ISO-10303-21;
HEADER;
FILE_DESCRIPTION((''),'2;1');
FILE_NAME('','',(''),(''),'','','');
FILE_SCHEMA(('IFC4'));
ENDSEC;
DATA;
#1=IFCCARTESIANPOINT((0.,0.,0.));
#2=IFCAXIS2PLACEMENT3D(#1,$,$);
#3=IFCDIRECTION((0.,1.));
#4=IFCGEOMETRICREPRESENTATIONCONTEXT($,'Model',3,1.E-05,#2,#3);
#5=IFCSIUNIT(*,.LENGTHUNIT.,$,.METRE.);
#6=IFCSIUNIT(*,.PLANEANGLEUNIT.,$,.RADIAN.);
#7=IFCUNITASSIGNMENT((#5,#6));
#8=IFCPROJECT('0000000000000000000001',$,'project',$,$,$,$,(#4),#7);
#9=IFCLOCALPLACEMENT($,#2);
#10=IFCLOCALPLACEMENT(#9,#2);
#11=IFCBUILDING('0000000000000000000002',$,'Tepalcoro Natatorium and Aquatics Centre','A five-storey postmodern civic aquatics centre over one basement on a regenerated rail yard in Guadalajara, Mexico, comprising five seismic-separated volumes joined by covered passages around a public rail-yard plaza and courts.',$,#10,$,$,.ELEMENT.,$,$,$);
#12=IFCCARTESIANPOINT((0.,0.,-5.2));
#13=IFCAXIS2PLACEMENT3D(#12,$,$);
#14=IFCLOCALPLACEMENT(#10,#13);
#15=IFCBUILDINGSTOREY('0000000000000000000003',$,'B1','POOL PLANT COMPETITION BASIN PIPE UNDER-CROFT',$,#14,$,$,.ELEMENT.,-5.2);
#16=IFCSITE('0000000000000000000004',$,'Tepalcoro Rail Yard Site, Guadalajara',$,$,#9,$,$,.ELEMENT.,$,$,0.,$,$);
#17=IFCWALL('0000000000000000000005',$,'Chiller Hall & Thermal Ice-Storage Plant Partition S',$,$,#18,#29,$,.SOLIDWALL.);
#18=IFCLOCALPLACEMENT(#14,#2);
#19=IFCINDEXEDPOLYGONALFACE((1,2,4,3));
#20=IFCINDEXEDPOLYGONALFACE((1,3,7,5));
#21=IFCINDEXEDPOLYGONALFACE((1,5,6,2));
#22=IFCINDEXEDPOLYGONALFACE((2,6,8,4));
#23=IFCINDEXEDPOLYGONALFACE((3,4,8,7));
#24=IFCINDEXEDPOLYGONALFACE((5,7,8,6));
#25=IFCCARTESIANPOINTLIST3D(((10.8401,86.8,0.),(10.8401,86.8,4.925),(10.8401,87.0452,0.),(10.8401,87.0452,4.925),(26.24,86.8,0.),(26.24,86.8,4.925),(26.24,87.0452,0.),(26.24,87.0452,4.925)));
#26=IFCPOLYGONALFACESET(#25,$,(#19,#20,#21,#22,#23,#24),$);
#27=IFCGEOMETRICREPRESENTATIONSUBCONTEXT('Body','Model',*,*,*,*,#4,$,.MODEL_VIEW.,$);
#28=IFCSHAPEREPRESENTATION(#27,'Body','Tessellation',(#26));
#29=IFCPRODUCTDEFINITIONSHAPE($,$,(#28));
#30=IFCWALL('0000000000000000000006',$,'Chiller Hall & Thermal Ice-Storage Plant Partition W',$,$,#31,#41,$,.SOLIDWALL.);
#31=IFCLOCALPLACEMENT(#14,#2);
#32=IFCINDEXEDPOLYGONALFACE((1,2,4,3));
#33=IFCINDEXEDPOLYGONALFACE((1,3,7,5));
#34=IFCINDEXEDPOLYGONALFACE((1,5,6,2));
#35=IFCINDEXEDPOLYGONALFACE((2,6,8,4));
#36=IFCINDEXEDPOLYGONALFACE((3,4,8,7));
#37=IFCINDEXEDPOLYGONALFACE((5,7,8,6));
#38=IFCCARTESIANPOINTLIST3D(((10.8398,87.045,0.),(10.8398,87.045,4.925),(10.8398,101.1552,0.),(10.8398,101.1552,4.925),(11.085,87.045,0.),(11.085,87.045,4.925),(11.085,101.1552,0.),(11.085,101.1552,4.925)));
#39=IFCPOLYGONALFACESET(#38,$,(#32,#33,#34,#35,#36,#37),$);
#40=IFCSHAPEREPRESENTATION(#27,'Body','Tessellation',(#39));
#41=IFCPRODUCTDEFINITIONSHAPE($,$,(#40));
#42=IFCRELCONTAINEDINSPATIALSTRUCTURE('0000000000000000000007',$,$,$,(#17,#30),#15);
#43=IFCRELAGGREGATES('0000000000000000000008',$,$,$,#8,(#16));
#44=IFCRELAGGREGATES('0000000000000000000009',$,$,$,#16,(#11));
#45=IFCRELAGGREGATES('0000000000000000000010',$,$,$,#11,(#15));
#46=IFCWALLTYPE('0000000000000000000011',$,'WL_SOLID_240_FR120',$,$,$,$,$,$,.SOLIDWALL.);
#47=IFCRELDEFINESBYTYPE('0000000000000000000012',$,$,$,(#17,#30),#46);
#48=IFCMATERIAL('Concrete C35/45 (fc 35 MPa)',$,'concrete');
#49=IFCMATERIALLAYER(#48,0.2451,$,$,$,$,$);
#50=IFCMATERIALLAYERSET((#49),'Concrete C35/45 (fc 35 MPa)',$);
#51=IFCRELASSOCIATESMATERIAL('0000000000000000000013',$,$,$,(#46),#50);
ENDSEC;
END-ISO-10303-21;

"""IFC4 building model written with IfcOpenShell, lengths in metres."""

from ifc_helpers import new_model, si_unit, direction, frame, frame_2d, origin, place, context, subcontext, project, spatial, rectangle, extrude, material, layer, layer_set, type_object, element, save


model = new_model("IFC4")

# Units and contexts
model_context = context("Model", 3, precision=1e-05, world=origin(), true_north=direction((0.0, 1.0)))
body_context = subcontext(model_context, "Body", "Model", "MODEL_VIEW")
ifc_project = project(units=[si_unit("LENGTHUNIT", "METRE"), si_unit("PLANEANGLEUNIT", "RADIAN")], contexts=[model_context])

# Site, building, storey
site_placement = place(None, origin())
site = spatial("IfcSite", under=ifc_project, at=site_placement, Name="Tepalcoro Rail Yard Site, Guadalajara", CompositionType="ELEMENT", RefElevation=0.0)
building_placement = place(site_placement, origin())
building = spatial("IfcBuilding", under=site, at=building_placement, Name="Tepalcoro Natatorium and Aquatics Centre", Description="A five-storey postmodern civic aquatics centre over one basement on a regenerated rail yard in Guadalajara, Mexico, comprising five seismic-separated volumes joined by covered passages around a public rail-yard plaza and courts.", CompositionType="ELEMENT")
storey_placement = place(building_placement, frame((0.0, 0.0, -5.2)))
storey = spatial("IfcBuildingStorey", under=building, at=storey_placement, Name="B1", Description="POOL PLANT COMPETITION BASIN PIPE UNDER-CROFT", CompositionType="ELEMENT", Elevation=-5.2)

# Walls
ifc_material_1 = material(Name="Concrete C35/45 (fc 35 MPa)", Category="concrete")
ifc_layer_1 = layer(ifc_material_1, 0.2451)
ifc_layer_set_1 = layer_set([ifc_layer_1], Name="Concrete C35/45 (fc 35 MPa)")
wall_type_1 = type_object("IfcWallType", Name="WL_SOLID_240_FR120", PredefinedType="SOLIDWALL", material=ifc_layer_set_1)
wall_1_placement = place(storey_placement, frame((10.8401, 86.9226, 0.0), z_axis=(0.0, 0.0, 1.0), x_axis=(1.0, 0.0, 0.0)))
element("IfcWall", 1, at=wall_1_placement, inside=storey, type_object=wall_type_1, Name="Chiller Hall & Thermal Ice-Storage Plant Partition S", PredefinedType="SOLIDWALL", context=body_context, shape_type="SweptSolid", body=[
    extrude(rectangle(XDim=15.3999, YDim=0.2451, at=frame_2d((7.7, 0.0))), origin(), (0.0, 0.0, 1.0), 4.925),
])
wall_2_placement = place(storey_placement, frame((10.9624, 87.0449, 0.0), z_axis=(0.0, 0.0, 1.0), x_axis=(0.0, 1.0, 0.0)))
element("IfcWall", 2, at=wall_2_placement, inside=storey, type_object=wall_type_1, Name="Chiller Hall & Thermal Ice-Storage Plant Partition W", PredefinedType="SOLIDWALL", context=body_context, shape_type="SweptSolid", body=[
    extrude(rectangle(XDim=14.1101, YDim=0.2451, at=frame_2d((7.0552, 0.0))), origin(), (0.0, 0.0, 1.0), 4.925),
])

save(model, "model.ifc")
